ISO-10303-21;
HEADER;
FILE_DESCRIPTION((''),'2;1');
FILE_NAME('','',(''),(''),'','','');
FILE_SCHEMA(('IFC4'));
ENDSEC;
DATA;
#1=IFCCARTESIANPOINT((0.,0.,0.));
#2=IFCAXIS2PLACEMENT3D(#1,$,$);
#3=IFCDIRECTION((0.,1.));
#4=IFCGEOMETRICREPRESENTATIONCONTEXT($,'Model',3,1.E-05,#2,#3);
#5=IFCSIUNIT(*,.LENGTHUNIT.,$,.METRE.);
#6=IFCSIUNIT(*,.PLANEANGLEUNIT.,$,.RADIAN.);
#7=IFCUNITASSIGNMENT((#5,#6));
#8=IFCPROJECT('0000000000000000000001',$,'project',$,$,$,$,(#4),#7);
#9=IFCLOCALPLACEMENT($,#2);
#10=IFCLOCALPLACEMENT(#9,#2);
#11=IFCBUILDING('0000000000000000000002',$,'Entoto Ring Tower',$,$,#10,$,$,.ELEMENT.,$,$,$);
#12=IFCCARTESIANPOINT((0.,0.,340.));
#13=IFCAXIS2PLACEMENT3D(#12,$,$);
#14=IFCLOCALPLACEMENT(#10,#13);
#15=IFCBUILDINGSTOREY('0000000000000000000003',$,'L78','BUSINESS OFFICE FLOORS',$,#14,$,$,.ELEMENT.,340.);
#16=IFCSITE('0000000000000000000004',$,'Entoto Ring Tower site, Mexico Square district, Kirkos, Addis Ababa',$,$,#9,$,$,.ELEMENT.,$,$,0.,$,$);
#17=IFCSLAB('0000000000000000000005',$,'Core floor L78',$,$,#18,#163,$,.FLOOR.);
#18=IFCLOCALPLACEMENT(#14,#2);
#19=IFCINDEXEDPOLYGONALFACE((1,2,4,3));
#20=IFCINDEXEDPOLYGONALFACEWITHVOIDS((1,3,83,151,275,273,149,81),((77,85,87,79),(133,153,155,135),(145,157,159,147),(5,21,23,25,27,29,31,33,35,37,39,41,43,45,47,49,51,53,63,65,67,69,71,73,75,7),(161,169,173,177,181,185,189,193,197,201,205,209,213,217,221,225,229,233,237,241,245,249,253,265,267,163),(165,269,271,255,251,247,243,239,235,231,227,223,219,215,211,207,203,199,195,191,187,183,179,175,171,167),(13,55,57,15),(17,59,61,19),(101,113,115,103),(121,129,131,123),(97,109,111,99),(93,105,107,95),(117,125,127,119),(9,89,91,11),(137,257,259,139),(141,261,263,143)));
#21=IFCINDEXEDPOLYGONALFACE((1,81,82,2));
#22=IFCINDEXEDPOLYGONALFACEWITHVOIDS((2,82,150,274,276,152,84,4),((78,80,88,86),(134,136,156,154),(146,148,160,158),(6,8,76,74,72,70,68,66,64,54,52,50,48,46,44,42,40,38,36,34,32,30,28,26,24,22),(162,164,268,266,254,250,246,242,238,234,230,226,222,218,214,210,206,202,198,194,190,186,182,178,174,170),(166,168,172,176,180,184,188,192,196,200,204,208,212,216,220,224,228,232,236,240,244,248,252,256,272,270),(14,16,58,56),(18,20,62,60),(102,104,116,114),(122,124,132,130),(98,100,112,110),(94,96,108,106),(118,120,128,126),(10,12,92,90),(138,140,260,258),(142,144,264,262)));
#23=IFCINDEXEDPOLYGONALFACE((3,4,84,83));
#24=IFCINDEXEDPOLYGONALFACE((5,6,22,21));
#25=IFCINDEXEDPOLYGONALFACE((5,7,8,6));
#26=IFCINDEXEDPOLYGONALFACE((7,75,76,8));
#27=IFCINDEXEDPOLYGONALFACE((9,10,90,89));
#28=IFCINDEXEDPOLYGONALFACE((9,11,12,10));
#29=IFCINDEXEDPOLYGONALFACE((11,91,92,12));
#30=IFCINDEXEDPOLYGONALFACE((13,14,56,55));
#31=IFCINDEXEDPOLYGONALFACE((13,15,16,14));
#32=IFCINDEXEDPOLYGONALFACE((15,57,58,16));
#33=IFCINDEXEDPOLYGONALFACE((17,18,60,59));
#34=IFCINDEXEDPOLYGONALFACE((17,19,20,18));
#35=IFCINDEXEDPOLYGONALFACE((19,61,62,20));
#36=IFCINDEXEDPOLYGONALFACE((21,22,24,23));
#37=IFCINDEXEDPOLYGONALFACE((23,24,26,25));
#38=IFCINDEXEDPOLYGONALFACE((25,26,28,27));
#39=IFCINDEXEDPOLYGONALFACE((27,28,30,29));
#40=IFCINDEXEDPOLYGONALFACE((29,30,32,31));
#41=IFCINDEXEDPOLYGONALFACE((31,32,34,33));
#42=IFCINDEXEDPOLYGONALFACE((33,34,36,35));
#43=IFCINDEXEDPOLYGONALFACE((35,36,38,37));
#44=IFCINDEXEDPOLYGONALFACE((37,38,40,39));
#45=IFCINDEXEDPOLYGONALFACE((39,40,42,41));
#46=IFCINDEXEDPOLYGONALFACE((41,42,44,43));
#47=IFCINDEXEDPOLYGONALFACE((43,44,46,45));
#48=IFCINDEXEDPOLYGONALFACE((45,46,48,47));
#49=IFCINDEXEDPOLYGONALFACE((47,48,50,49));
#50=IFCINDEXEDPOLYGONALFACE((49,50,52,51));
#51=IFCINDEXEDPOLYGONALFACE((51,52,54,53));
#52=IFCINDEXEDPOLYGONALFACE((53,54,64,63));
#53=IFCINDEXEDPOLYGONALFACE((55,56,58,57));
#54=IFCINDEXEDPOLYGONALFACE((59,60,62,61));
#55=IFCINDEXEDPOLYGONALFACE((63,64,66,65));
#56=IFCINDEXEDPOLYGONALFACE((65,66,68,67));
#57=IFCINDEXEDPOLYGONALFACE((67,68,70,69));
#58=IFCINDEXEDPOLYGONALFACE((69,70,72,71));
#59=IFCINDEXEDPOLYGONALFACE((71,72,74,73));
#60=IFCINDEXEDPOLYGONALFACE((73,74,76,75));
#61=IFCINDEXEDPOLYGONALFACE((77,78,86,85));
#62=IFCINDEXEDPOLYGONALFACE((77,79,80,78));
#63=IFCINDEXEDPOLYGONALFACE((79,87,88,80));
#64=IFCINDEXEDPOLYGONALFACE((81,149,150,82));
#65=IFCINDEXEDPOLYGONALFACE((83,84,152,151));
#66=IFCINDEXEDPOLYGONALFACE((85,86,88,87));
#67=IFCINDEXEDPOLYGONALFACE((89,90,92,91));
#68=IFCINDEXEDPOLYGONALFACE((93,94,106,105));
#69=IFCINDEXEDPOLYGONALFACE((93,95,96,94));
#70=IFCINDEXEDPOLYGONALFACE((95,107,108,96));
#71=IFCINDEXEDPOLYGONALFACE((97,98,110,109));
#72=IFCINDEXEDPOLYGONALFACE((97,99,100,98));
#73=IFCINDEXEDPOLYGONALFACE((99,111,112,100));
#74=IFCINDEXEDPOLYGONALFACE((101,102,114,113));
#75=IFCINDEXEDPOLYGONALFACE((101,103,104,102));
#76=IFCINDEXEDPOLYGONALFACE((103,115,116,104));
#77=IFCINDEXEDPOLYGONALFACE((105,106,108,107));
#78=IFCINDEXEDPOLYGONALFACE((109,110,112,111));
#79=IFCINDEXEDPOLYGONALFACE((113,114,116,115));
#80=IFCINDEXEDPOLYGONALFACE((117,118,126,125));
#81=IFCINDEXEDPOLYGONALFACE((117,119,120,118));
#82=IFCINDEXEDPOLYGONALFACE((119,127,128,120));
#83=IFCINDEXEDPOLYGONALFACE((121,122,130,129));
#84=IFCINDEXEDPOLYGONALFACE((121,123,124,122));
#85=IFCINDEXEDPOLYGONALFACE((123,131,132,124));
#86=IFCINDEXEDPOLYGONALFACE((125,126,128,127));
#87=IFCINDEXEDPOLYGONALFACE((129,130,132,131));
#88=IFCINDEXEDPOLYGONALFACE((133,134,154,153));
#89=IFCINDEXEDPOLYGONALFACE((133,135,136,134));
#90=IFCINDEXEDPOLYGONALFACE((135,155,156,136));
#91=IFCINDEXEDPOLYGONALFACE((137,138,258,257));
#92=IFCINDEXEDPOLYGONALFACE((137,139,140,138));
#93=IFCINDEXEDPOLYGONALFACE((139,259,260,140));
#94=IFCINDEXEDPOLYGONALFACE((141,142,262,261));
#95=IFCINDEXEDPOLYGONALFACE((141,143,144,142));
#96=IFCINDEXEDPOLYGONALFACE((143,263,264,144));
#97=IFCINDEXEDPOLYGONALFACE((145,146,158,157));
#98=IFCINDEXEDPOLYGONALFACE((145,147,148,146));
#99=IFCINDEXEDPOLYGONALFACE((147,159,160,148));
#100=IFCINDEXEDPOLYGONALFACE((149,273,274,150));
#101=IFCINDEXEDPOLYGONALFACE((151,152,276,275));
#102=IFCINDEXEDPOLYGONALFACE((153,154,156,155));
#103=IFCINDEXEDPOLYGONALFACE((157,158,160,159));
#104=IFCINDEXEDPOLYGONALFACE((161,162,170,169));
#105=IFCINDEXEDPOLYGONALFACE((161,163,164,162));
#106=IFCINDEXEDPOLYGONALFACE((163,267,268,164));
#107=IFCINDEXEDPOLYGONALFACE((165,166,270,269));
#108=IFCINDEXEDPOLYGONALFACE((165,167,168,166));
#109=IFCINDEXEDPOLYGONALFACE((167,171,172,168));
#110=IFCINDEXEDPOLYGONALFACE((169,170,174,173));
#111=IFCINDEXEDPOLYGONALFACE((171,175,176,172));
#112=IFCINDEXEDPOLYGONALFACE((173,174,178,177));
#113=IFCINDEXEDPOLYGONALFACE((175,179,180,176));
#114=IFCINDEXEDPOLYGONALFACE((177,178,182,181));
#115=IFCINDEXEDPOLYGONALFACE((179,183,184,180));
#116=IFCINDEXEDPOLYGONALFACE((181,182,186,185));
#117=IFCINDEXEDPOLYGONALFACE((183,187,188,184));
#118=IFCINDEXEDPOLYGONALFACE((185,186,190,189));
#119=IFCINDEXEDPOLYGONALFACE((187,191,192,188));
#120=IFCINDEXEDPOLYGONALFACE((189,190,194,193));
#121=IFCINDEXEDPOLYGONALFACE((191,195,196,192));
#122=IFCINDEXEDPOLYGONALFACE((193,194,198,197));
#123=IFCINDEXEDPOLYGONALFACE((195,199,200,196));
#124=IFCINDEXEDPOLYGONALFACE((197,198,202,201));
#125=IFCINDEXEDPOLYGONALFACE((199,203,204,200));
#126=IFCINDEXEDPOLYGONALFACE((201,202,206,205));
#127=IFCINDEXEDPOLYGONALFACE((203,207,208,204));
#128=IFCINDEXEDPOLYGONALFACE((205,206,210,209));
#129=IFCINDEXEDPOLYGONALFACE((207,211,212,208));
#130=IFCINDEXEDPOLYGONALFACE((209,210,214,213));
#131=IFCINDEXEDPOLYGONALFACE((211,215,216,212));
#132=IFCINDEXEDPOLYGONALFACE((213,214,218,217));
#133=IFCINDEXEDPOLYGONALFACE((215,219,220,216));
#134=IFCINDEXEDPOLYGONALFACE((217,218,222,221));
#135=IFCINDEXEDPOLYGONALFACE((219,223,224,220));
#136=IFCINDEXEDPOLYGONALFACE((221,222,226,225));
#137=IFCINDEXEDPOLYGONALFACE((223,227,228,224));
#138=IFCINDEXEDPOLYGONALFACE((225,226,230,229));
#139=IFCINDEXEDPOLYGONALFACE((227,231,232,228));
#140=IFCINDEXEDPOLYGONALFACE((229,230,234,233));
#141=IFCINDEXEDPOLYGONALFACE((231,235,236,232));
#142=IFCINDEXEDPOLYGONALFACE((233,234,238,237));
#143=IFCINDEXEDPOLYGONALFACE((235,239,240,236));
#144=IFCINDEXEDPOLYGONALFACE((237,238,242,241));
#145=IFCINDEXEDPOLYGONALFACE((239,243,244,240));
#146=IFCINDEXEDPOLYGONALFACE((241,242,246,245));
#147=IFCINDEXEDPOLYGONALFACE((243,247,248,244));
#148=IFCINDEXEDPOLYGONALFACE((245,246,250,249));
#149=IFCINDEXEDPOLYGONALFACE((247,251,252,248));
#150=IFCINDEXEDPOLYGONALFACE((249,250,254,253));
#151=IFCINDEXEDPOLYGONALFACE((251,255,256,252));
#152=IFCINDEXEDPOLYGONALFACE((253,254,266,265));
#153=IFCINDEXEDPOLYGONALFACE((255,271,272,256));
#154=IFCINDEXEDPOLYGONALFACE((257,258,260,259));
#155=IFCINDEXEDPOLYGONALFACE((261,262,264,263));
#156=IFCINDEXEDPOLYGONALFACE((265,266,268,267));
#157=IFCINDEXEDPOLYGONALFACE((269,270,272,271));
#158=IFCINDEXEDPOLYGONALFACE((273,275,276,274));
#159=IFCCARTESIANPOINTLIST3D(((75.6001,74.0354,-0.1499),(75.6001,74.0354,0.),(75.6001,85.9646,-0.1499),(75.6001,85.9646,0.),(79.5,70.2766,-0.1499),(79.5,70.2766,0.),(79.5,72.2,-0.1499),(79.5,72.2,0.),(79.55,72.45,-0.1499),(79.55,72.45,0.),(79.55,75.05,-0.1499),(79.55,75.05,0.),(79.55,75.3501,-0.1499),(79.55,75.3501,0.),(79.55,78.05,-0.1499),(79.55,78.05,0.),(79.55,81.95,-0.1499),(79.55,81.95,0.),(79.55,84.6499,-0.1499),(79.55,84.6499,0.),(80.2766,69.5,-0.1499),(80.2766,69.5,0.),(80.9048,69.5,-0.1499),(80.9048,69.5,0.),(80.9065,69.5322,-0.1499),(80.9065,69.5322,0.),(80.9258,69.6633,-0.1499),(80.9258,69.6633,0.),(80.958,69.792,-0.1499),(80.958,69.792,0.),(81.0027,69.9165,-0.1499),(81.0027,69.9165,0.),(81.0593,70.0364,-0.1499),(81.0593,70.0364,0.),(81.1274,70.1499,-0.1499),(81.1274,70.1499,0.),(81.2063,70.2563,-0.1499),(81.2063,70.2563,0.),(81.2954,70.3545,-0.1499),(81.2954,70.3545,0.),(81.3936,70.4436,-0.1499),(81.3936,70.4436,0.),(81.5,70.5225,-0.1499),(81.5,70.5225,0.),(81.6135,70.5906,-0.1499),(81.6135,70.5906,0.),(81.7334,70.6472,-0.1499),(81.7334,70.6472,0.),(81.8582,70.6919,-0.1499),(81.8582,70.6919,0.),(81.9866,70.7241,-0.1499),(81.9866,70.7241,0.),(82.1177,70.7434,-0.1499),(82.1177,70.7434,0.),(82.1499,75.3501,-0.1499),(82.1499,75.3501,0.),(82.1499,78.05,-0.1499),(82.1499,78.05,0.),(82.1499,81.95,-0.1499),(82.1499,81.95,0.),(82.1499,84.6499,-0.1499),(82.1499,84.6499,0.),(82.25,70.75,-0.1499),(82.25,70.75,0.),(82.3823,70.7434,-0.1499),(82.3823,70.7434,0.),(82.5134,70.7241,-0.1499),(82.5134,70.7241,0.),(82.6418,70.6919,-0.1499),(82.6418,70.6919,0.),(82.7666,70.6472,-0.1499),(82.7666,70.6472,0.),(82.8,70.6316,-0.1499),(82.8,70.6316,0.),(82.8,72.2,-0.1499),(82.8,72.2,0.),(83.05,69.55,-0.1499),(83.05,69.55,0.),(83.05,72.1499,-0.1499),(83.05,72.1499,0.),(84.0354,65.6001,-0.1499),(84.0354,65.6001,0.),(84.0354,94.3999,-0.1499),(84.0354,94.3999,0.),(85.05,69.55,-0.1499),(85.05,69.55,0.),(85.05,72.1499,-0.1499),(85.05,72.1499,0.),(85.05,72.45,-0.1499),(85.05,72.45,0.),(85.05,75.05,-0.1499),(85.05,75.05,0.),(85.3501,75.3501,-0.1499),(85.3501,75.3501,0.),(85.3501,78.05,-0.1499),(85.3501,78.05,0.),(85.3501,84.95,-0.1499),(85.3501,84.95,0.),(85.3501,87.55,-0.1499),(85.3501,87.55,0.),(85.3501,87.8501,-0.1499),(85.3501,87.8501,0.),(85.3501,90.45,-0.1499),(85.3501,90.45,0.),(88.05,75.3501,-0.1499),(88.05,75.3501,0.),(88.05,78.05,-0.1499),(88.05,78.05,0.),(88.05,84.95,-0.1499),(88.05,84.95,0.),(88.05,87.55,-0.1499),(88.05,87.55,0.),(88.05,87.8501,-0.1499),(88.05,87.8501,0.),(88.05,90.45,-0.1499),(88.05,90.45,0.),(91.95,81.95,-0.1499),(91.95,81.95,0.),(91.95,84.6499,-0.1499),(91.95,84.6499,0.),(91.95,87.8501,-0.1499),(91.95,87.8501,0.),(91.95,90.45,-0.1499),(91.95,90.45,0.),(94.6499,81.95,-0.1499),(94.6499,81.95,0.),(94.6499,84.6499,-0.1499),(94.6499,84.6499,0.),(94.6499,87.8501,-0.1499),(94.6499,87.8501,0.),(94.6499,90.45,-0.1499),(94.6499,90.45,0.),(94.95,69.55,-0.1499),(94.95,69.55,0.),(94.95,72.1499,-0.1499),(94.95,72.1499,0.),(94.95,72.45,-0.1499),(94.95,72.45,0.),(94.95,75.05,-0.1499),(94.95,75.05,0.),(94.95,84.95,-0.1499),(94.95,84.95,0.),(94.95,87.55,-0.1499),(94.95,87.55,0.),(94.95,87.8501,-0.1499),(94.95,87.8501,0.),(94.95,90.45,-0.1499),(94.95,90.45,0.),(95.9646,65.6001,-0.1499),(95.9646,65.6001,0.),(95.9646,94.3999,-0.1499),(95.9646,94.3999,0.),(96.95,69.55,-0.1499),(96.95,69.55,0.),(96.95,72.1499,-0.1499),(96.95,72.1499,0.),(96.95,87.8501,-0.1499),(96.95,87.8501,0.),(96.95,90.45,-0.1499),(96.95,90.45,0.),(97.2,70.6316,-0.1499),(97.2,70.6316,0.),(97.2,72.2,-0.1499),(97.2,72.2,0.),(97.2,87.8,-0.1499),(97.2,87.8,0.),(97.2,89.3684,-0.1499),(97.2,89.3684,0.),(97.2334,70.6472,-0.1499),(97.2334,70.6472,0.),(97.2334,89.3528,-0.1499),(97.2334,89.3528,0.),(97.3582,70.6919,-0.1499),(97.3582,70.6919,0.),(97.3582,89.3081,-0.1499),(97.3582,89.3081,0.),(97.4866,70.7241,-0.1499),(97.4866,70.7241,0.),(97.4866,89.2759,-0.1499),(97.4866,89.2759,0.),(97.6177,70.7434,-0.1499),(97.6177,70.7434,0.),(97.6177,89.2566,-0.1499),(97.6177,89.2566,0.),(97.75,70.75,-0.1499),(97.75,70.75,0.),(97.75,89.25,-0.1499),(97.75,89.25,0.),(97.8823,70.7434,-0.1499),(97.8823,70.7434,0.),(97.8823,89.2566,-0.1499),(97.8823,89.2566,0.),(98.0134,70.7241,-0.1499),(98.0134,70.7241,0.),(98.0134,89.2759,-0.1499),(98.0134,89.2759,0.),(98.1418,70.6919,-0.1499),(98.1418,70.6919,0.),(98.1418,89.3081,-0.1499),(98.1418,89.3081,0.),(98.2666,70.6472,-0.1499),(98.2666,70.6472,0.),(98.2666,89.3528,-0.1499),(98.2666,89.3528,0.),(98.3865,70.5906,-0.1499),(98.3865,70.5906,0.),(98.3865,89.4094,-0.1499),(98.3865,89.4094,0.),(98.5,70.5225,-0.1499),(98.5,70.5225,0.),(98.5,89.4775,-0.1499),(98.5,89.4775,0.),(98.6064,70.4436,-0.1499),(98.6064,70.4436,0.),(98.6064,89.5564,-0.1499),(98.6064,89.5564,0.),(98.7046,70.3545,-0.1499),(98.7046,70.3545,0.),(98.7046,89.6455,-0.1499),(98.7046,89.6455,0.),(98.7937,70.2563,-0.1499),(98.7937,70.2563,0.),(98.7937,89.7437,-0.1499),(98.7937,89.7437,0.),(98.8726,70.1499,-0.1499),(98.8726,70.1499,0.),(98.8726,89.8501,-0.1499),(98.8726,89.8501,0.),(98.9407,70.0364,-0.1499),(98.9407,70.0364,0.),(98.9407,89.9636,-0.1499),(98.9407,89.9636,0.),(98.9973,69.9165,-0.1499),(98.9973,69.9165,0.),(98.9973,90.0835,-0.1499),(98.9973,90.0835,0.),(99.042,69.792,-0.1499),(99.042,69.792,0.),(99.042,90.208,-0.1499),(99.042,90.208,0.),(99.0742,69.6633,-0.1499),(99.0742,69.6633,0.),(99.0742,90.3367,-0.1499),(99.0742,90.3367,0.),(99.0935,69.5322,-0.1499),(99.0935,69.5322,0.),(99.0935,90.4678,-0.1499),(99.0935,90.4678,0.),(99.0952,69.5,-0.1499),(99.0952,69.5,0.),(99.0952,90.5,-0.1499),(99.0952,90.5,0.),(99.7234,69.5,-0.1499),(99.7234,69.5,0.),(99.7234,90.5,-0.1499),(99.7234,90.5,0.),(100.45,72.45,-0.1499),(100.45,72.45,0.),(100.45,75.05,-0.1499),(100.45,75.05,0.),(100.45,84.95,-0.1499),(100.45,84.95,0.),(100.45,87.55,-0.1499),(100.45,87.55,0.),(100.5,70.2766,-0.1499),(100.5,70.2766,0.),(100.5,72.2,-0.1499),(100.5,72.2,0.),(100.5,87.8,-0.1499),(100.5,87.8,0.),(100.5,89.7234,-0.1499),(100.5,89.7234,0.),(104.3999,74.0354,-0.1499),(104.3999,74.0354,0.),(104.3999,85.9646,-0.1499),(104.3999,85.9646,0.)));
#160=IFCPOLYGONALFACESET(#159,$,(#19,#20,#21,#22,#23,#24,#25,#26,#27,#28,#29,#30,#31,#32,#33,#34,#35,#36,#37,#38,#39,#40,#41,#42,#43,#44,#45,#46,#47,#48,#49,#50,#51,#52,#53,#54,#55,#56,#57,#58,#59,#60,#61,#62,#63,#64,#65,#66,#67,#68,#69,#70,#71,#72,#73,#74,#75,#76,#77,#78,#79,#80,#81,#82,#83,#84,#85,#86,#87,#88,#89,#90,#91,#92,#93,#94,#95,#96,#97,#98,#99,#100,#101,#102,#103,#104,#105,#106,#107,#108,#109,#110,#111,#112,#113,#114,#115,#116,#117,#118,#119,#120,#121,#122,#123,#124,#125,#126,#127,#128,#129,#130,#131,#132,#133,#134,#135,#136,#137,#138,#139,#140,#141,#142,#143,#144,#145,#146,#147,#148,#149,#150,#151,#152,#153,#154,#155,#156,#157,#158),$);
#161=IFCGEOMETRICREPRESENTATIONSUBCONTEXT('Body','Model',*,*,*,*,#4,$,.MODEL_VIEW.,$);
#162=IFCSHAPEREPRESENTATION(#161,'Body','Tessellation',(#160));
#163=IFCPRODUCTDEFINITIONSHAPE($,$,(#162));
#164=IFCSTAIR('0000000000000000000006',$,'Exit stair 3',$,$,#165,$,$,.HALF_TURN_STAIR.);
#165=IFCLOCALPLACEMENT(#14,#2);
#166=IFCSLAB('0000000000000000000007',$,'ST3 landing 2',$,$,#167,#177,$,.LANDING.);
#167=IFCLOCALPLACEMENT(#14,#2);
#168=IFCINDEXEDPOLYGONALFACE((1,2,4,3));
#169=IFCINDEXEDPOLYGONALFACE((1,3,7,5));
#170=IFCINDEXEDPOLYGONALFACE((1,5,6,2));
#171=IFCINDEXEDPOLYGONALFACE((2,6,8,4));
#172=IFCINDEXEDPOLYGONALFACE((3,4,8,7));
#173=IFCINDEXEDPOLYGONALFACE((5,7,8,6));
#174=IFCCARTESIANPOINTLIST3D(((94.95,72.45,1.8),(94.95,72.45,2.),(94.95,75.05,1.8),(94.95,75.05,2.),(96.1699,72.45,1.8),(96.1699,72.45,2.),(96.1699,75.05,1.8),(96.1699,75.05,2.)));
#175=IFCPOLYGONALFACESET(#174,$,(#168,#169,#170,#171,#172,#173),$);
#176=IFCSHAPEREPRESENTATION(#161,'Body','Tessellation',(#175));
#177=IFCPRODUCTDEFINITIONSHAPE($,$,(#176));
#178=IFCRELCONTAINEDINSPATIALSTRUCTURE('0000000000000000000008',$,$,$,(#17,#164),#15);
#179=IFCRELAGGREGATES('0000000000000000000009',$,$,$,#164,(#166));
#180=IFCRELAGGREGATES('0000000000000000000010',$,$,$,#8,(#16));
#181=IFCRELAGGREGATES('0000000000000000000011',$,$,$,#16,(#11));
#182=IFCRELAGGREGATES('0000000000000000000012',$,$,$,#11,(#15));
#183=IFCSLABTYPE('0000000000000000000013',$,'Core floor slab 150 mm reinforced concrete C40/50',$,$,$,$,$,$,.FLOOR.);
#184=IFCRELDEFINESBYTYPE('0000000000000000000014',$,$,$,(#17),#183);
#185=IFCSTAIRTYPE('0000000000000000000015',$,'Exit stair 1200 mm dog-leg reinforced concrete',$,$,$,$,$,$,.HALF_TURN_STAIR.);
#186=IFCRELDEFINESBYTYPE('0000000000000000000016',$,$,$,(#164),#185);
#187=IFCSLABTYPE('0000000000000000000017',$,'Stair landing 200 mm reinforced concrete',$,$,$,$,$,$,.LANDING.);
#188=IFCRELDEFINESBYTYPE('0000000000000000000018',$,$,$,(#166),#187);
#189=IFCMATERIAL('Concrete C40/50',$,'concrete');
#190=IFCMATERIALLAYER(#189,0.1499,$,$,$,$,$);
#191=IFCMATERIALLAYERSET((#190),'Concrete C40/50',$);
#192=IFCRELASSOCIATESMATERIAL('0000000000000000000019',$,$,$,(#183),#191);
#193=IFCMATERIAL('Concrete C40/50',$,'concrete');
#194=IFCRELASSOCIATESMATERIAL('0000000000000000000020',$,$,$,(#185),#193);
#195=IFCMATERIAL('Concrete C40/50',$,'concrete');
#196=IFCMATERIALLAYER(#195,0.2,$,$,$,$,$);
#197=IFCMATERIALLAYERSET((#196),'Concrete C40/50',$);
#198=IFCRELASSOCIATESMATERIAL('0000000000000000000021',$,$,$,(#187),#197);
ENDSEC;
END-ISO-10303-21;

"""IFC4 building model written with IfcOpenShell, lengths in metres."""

from ifc_helpers import new_model, si_unit, direction, frame, origin, place, context, subcontext, project, spatial, polyline, outline, extrude, material, layer, layer_set, type_object, element, aggregate, save


model = new_model("IFC4")

# Units and contexts
model_context = context("Model", 3, precision=1e-05, world=origin(), true_north=direction((0.0, 1.0)))
body_context = subcontext(model_context, "Body", "Model", "MODEL_VIEW")
ifc_project = project(units=[si_unit("LENGTHUNIT", "METRE"), si_unit("PLANEANGLEUNIT", "RADIAN")], contexts=[model_context])

# Site, building, storey
site_placement = place(None, origin())
site = spatial("IfcSite", under=ifc_project, at=site_placement, Name="Entoto Ring Tower site, Mexico Square district, Kirkos, Addis Ababa", CompositionType="ELEMENT", RefElevation=0.0)
building_placement = place(site_placement, origin())
building = spatial("IfcBuilding", under=site, at=building_placement, Name="Entoto Ring Tower", CompositionType="ELEMENT")
storey_placement = place(building_placement, frame((0.0, 0.0, 340.0)))
storey = spatial("IfcBuildingStorey", under=building, at=storey_placement, Name="L78", Description="BUSINESS OFFICE FLOORS", CompositionType="ELEMENT", Elevation=340.0)

# Slab
ifc_material_1 = material(Name="Concrete C40/50", Category="concrete")
ifc_layer_1 = layer(ifc_material_1, 0.1499)
ifc_layer_set_1 = layer_set([ifc_layer_1], Name="Concrete C40/50")
slab_type_1 = type_object("IfcSlabType", Name="Core floor slab 150 mm reinforced concrete C40/50", PredefinedType="FLOOR", material=ifc_layer_set_1)
slab_1_placement = place(storey_placement, frame((0.0, 0.0, -0.1499)))
element("IfcSlab", 1, at=slab_1_placement, inside=storey, type_object=slab_type_1, Name="Core floor L78", PredefinedType="FLOOR", context=body_context, shape_type="SweptSolid", body=[
    extrude(outline(polyline([(104.3999, 74.0354), (104.3999, 85.9646), (95.9646, 94.3999), (84.0354, 94.3999), (75.6001, 85.9646), (75.6001, 74.0354), (84.0354, 65.6001), (95.9646, 65.6001), (104.3999, 74.0354)]), holes=[polyline([(100.45, 84.95), (100.45, 87.55), (94.95, 87.55), (94.95, 84.95), (100.45, 84.95)]), polyline([(85.05, 72.45), (85.05, 75.05), (79.55, 75.05), (79.55, 72.45), (85.05, 72.45)]), polyline([(100.45, 72.45), (100.45, 75.05), (94.95, 75.05), (94.95, 72.45), (100.45, 72.45)]), polyline([(94.95, 90.45), (94.95, 87.8501), (96.95, 87.8501), (96.95, 90.45), (94.95, 90.45)]), polyline([(94.95, 72.1499), (94.95, 69.55), (96.95, 69.55), (96.95, 72.1499), (94.95, 72.1499)]), polyline([(83.05, 72.1499), (83.05, 69.55), (85.05, 69.55), (85.05, 72.1499), (83.05, 72.1499)]), polyline([(79.55, 81.95), (82.1499, 81.95), (82.1499, 84.6499), (79.55, 84.6499), (79.55, 81.95)]), polyline([(79.55, 75.3501), (82.1499, 75.3501), (82.1499, 78.05), (79.55, 78.05), (79.55, 75.3501)]), polyline([(91.95, 87.8501), (94.6499, 87.8501), (94.6499, 90.45), (91.95, 90.45), (91.95, 87.8501)]), polyline([(91.95, 81.95), (94.6499, 81.95), (94.6499, 84.6499), (91.95, 84.6499), (91.95, 81.95)]), polyline([(85.3501, 75.3501), (88.05, 75.3501), (88.05, 78.05), (85.3501, 78.05), (85.3501, 75.3501)]), polyline([(85.3501, 84.95), (88.05, 84.95), (88.05, 87.55), (85.3501, 87.55), (85.3501, 84.95)]), polyline([(85.3501, 87.8501), (88.05, 87.8501), (88.05, 90.45), (85.3501, 90.45), (85.3501, 87.8501)]), polyline([(97.2, 89.3684), (97.2, 87.8), (100.5, 87.8), (100.5, 89.7234), (99.7234, 90.5), (99.0952, 90.5), (99.0935, 90.4678), (99.0742, 90.3367), (99.042, 90.208), (98.9973, 90.0835), (98.9407, 89.9636), (98.8726, 89.8501), (98.7937, 89.7437), (98.7046, 89.6455), (98.6064, 89.5564), (98.5, 89.4775), (98.3865, 89.4094), (98.2666, 89.3528), (98.1418, 89.3081), (98.0134, 89.2759), (97.8823, 89.2566), (97.75, 89.25), (97.6177, 89.2566), (97.4866, 89.2759), (97.3582, 89.3081), (97.2334, 89.3528), (97.2, 89.3684)]), polyline([(80.2766, 69.5), (80.9048, 69.5), (80.9065, 69.5322), (80.9258, 69.6633), (80.958, 69.792), (81.0027, 69.9165), (81.0593, 70.0364), (81.1274, 70.1499), (81.2063, 70.2563), (81.2954, 70.3545), (81.3936, 70.4436), (81.5, 70.5225), (81.6135, 70.5906), (81.7334, 70.6472), (81.8582, 70.6919), (81.9866, 70.7241), (82.1177, 70.7434), (82.25, 70.75), (82.3823, 70.7434), (82.5134, 70.7241), (82.6418, 70.6919), (82.7666, 70.6472), (82.8, 70.6316), (82.8, 72.2), (79.5, 72.2), (79.5, 70.2766), (80.2766, 69.5)]), polyline([(99.0952, 69.5), (99.7234, 69.5), (100.5, 70.2766), (100.5, 72.2), (97.2, 72.2), (97.2, 70.6316), (97.2334, 70.6472), (97.3582, 70.6919), (97.4866, 70.7241), (97.6177, 70.7434), (97.75, 70.75), (97.8823, 70.7434), (98.0134, 70.7241), (98.1418, 70.6919), (98.2666, 70.6472), (98.3865, 70.5906), (98.5, 70.5225), (98.6064, 70.4436), (98.7046, 70.3545), (98.7937, 70.2563), (98.8726, 70.1499), (98.9407, 70.0364), (98.9973, 69.9165), (99.042, 69.792), (99.0742, 69.6633), (99.0935, 69.5322), (99.0952, 69.5)])]), origin(), (0.0, 0.0, 1.0), 0.1499),
])

# Stair, slab
ifc_material_2 = material(Name="Concrete C40/50", Category="concrete")
stair_type = type_object("IfcStairType", Name="Exit stair 1200 mm dog-leg reinforced concrete", PredefinedType="HALF_TURN_STAIR", material=ifc_material_2)
stair_placement = place(storey_placement, origin())
stair = element("IfcStair", 2, at=stair_placement, inside=storey, type_object=stair_type, Name="Exit stair 3", PredefinedType="HALF_TURN_STAIR")
ifc_material_3 = material(Name="Concrete C40/50", Category="concrete")
ifc_layer_2 = layer(ifc_material_3, 0.2)
ifc_layer_set_2 = layer_set([ifc_layer_2], Name="Concrete C40/50")
slab_type_2 = type_object("IfcSlabType", Name="Stair landing 200 mm reinforced concrete", PredefinedType="LANDING", material=ifc_layer_set_2)
slab_2_placement = place(storey_placement, frame((0.0, 0.0, 1.8)))
slab_2 = element("IfcSlab", 3, at=slab_2_placement, type_object=slab_type_2, Name="ST3 landing 2", PredefinedType="LANDING", context=body_context, shape_type="SweptSolid", body=[
    extrude(outline(polyline([(94.95, 72.45), (96.1699, 72.45), (96.1699, 75.05), (94.95, 75.05), (94.95, 72.45)])), origin(), (0.0, 0.0, 1.0), 0.2),
])
aggregate(stair, [slab_2])

save(model, "model.ifc")
